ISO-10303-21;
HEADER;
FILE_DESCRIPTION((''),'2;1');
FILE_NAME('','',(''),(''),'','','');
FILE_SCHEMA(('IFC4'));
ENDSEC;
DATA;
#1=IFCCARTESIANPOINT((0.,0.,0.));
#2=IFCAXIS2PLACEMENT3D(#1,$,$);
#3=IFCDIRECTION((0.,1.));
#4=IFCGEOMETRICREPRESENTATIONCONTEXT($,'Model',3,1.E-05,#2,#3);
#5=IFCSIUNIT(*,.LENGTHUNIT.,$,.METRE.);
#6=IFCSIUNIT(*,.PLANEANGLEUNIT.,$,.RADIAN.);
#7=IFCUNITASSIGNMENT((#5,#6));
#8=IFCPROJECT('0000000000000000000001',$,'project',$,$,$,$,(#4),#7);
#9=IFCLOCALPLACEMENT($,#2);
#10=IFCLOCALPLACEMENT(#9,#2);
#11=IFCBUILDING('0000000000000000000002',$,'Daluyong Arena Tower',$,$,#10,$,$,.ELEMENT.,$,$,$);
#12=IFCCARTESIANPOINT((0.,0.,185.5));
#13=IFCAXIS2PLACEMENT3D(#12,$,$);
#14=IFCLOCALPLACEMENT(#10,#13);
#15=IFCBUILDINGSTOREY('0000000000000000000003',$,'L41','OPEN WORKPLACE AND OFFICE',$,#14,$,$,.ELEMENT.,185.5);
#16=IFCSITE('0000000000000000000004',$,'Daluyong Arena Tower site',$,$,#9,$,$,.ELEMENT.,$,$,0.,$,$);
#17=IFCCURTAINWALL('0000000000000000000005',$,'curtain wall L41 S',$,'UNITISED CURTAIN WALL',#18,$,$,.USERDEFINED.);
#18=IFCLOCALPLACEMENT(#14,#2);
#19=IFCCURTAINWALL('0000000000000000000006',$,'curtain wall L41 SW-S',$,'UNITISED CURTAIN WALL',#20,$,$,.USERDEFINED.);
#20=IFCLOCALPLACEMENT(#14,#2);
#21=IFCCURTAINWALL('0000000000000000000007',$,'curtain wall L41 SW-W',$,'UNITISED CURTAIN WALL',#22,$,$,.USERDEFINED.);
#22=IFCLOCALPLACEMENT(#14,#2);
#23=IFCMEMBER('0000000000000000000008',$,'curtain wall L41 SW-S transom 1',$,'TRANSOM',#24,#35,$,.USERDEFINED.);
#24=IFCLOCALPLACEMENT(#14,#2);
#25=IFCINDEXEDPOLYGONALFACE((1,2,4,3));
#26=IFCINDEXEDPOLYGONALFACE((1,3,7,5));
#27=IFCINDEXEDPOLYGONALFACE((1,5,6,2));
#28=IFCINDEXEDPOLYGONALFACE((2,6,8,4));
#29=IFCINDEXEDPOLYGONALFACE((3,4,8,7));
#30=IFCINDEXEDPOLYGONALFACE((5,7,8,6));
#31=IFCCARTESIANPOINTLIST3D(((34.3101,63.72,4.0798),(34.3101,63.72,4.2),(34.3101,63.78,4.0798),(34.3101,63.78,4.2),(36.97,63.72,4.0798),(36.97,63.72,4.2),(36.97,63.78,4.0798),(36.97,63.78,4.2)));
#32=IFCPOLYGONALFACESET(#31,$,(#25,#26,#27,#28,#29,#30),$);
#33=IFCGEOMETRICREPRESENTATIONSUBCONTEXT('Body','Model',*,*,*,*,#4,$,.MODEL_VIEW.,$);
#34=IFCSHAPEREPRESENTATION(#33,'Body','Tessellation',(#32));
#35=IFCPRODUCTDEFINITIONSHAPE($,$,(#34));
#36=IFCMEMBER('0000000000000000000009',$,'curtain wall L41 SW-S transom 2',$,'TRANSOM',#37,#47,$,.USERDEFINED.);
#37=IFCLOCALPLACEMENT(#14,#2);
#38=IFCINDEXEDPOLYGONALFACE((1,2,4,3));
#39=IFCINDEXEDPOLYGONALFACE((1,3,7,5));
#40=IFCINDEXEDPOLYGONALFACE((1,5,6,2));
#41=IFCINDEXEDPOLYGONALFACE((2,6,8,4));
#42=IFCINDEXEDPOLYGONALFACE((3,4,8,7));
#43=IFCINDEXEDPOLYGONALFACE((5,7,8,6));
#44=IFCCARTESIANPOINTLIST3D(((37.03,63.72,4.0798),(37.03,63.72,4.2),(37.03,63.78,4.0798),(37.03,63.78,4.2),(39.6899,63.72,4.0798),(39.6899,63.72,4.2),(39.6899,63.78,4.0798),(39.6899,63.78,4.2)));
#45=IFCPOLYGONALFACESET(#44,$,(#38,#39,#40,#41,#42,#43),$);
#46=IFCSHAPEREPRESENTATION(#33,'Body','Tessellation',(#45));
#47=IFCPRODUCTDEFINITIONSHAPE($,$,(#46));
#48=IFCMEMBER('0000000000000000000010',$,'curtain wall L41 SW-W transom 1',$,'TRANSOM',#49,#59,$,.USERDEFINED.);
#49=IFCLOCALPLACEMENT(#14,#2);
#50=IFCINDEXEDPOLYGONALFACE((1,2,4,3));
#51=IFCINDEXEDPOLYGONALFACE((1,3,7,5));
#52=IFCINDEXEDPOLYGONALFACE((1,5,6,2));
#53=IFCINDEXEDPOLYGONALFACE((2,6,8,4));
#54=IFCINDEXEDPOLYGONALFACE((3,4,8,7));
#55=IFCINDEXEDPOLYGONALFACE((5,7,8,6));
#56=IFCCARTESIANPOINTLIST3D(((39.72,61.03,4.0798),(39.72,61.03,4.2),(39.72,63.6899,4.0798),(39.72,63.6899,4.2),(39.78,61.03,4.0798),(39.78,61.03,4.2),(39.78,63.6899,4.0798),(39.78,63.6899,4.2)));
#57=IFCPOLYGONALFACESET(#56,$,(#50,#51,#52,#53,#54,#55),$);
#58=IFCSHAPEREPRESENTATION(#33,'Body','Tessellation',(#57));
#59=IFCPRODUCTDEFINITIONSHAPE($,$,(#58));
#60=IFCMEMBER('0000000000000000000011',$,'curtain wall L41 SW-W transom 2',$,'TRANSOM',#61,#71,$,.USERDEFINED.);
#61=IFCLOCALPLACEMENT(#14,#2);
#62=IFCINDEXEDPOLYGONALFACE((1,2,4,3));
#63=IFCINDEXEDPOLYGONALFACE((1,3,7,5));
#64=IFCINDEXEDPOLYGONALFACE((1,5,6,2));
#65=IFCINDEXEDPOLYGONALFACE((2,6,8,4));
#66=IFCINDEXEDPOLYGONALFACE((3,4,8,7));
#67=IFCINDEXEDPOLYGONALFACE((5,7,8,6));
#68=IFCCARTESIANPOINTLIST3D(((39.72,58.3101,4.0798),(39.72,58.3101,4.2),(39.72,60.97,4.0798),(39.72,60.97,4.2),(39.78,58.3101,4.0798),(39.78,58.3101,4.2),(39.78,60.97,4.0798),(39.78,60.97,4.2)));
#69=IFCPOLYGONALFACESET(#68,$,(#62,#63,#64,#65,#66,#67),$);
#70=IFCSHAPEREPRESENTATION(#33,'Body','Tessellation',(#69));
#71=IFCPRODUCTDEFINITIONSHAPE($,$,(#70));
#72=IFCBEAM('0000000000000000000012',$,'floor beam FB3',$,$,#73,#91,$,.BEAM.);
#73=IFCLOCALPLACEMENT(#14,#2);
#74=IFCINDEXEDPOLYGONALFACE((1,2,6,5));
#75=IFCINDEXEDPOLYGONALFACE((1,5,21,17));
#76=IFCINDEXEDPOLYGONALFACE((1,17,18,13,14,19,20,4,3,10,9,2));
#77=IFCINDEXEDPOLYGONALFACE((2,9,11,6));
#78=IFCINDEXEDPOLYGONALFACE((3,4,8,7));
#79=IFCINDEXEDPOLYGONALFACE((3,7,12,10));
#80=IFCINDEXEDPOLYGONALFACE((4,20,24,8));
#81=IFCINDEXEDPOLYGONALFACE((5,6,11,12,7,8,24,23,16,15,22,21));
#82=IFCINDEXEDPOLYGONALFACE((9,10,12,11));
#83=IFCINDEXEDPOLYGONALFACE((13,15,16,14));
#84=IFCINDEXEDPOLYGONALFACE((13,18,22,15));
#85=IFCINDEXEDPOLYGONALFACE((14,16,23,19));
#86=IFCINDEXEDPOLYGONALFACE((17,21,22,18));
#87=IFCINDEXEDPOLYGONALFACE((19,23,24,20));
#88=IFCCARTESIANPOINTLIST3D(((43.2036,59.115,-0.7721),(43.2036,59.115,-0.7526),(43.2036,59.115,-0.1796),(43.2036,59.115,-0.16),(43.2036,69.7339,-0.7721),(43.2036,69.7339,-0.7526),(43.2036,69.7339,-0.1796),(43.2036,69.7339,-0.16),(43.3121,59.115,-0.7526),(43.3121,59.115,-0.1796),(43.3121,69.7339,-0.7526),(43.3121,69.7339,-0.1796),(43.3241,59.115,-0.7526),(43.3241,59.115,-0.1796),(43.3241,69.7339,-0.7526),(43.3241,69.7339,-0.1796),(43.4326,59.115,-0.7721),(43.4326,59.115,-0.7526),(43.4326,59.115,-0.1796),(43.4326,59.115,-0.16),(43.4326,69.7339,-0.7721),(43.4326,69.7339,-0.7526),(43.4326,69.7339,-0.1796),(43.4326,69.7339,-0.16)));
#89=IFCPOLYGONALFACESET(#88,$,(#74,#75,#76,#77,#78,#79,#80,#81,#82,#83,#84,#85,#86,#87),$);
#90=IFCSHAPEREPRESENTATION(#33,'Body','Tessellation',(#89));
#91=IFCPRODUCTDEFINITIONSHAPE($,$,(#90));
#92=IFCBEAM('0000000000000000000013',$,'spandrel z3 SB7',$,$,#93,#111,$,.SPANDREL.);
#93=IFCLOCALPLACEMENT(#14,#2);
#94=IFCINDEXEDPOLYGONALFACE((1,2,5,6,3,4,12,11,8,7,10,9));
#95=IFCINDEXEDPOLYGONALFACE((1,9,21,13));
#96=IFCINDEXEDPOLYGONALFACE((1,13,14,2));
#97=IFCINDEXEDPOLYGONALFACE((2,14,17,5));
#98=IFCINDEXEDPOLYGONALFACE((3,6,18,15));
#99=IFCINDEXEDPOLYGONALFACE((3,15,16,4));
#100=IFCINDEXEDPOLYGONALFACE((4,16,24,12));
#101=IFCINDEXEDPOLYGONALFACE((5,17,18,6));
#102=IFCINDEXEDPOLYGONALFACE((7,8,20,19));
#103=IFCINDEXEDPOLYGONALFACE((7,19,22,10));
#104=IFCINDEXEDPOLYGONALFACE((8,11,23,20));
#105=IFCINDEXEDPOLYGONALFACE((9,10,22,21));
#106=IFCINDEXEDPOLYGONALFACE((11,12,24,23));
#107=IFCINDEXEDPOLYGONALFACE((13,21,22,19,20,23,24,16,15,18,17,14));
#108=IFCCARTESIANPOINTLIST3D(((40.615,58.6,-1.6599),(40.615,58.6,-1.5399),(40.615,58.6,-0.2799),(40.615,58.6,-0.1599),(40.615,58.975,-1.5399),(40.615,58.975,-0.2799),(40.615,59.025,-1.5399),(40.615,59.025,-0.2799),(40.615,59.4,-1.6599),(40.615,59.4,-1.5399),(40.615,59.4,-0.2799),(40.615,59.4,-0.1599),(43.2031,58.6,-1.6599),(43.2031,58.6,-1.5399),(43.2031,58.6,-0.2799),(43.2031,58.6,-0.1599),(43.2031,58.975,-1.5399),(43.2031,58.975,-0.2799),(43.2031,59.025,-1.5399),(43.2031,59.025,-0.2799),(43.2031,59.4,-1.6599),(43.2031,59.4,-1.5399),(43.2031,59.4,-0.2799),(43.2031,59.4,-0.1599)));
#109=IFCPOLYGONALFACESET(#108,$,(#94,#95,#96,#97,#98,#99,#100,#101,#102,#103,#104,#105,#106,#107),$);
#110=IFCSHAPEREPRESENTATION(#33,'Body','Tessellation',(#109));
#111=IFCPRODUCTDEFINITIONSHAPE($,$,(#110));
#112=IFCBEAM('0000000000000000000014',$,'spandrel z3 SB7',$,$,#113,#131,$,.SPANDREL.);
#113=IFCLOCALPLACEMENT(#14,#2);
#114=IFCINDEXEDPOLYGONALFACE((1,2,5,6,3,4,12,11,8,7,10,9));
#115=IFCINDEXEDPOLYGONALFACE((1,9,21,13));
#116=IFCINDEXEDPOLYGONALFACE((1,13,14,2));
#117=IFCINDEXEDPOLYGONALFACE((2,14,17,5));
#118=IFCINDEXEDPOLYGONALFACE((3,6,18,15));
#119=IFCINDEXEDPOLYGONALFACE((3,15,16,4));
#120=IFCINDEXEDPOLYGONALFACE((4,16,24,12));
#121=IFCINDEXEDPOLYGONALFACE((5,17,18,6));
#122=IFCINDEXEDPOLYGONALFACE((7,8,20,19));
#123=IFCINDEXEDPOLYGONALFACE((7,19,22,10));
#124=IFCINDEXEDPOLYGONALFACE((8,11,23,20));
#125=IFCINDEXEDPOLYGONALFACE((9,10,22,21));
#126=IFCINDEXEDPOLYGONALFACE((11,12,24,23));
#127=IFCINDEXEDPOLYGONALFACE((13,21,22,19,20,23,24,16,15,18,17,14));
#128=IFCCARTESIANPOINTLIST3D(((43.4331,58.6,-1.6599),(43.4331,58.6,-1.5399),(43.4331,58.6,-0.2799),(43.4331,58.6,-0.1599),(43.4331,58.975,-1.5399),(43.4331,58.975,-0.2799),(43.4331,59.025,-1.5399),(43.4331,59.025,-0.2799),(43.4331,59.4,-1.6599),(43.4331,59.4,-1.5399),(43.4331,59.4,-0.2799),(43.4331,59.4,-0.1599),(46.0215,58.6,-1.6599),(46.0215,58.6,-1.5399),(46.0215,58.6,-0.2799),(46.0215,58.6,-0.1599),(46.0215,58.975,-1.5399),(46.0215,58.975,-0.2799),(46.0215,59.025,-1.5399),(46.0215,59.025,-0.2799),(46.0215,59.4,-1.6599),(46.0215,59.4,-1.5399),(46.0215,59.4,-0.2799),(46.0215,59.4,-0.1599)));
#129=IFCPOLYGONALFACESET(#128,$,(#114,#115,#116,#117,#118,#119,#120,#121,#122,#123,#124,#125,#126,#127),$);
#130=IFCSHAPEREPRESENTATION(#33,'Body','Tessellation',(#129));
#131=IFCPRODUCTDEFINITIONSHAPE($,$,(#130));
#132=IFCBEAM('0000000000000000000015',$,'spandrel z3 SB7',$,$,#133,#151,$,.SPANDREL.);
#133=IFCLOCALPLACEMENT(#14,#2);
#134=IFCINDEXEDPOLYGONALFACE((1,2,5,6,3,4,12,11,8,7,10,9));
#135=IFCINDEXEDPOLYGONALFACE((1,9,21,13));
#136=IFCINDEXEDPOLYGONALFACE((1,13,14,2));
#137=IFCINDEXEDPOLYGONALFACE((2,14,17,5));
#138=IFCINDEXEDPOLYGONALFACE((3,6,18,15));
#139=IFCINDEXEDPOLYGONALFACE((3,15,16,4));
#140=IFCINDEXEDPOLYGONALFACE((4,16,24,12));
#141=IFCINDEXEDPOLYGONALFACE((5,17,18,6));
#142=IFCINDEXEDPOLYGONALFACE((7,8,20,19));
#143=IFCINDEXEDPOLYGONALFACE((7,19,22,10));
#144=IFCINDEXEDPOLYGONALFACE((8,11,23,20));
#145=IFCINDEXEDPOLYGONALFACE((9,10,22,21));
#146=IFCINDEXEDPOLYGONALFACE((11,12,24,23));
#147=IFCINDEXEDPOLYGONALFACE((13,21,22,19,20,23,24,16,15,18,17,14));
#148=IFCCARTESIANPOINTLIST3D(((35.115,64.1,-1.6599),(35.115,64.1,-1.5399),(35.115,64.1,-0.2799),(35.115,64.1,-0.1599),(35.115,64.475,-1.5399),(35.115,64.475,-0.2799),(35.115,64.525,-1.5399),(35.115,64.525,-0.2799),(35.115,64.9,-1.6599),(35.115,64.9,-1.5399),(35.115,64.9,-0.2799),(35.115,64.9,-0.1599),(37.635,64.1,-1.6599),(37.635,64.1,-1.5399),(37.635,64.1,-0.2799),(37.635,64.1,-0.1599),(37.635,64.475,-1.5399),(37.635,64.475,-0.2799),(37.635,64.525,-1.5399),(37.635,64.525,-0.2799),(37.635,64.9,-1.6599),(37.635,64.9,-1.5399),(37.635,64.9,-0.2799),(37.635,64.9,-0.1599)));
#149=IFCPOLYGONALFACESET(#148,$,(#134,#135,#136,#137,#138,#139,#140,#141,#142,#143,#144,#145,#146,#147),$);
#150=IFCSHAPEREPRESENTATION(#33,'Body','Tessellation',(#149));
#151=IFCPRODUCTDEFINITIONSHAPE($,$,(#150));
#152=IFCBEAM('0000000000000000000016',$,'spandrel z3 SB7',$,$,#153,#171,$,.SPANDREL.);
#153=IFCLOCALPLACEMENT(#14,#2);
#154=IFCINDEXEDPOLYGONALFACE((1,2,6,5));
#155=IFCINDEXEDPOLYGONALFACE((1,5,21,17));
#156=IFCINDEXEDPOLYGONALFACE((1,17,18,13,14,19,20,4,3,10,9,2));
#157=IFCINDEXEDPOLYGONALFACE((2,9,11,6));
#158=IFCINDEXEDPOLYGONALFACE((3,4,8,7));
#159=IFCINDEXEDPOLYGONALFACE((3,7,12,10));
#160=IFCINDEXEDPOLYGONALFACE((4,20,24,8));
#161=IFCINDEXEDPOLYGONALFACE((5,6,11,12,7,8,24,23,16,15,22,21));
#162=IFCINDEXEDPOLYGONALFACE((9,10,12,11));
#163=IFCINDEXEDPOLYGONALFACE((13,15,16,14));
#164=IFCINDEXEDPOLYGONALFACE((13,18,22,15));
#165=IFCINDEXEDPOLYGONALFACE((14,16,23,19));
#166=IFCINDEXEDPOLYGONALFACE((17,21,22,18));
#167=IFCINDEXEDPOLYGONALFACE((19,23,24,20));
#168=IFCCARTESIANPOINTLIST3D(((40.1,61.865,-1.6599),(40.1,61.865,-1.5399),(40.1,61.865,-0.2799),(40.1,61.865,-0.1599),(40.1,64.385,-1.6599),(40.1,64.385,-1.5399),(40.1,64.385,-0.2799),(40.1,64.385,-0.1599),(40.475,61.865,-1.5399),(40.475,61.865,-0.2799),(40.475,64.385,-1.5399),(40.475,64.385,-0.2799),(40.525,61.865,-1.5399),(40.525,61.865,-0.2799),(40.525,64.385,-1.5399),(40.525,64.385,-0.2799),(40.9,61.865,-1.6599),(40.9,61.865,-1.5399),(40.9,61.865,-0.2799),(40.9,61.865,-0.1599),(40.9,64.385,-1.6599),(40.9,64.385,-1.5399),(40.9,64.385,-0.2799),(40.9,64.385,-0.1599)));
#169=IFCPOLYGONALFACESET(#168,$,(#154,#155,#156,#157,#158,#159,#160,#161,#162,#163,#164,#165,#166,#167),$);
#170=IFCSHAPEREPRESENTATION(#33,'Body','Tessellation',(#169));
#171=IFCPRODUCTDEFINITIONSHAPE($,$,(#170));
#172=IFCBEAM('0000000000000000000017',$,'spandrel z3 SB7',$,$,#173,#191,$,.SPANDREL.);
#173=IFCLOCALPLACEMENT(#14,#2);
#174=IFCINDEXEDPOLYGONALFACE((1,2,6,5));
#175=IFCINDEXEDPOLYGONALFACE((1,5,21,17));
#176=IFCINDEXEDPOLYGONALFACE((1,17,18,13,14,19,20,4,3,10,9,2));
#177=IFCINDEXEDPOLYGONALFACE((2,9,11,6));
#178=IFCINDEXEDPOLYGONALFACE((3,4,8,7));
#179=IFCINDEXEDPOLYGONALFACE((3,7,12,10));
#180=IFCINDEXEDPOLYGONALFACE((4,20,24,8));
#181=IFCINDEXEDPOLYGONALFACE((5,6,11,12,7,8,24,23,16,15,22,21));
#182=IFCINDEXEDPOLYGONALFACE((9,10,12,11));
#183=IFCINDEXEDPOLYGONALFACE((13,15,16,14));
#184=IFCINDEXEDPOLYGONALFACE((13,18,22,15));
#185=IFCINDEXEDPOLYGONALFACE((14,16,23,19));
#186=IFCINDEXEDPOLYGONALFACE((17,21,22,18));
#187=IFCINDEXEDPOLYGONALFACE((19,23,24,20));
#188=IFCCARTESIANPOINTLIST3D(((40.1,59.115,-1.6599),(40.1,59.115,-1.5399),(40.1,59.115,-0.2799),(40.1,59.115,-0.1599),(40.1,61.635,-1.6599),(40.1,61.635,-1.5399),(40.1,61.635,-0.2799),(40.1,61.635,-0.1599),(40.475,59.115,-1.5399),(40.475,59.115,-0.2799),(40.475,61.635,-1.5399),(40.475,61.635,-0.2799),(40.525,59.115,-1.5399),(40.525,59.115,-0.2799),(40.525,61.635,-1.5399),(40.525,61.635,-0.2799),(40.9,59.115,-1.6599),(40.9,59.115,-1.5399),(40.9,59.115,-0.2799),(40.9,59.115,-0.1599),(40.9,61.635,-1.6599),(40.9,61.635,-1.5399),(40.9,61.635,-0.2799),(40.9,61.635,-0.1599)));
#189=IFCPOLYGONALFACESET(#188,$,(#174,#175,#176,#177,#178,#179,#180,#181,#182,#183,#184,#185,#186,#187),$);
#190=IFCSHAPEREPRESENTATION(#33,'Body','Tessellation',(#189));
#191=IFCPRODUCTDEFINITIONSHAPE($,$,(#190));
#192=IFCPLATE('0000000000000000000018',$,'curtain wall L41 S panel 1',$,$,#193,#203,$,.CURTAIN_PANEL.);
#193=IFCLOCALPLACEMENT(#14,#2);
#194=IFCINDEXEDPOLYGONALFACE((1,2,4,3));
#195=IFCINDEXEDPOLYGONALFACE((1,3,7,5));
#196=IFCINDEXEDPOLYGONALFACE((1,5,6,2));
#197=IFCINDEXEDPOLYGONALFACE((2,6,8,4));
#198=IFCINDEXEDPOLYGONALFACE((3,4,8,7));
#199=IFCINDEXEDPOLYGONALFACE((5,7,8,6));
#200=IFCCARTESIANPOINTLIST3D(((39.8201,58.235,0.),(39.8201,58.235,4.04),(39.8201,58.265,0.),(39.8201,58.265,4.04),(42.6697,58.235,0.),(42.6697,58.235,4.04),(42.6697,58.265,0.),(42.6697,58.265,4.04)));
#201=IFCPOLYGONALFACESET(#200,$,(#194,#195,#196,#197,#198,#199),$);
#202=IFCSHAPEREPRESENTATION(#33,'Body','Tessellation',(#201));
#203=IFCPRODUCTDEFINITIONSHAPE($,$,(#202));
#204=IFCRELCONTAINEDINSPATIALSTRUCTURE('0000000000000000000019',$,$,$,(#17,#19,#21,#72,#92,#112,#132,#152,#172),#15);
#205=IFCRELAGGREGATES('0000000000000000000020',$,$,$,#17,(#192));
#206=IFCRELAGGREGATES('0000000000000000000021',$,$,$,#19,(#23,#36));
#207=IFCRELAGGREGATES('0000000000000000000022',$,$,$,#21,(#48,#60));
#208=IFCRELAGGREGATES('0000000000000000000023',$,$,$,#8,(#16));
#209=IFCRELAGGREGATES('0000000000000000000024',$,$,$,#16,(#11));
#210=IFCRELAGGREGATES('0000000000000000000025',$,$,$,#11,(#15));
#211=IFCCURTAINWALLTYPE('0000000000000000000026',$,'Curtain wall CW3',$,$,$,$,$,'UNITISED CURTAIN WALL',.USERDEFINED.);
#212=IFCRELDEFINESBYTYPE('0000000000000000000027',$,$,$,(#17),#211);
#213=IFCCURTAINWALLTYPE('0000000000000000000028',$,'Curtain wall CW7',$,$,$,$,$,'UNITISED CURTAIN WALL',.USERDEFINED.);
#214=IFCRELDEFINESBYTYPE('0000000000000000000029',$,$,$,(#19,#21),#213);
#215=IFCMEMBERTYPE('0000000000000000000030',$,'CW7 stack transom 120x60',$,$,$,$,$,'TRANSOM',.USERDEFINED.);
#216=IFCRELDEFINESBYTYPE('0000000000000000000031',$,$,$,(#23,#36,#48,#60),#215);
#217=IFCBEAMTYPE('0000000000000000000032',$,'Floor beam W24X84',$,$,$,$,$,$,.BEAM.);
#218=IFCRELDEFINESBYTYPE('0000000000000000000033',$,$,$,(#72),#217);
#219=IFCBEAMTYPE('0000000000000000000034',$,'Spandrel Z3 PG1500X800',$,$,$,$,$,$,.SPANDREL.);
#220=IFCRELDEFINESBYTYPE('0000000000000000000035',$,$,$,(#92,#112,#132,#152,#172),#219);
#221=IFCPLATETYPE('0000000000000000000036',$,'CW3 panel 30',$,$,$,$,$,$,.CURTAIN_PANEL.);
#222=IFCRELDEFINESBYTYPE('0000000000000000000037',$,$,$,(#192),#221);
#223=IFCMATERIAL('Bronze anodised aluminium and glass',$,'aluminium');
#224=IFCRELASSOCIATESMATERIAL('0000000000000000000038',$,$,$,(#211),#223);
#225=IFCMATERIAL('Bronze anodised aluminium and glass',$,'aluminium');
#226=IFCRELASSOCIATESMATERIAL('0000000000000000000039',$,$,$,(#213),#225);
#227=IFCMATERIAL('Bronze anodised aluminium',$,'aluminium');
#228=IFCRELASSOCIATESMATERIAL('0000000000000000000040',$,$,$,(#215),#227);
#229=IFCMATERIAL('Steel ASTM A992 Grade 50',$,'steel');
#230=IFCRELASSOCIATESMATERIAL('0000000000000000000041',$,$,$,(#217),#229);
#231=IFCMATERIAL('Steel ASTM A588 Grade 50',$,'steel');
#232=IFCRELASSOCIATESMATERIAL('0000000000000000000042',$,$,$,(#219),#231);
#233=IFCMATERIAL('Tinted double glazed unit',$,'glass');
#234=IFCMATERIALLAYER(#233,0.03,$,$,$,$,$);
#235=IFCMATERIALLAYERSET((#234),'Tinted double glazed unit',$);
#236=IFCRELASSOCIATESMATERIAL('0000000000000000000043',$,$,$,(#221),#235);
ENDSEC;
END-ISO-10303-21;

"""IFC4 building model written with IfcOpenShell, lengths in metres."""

from ifc_helpers import new_model, si_unit, direction, frame, origin, origin_2d, place, context, subcontext, project, spatial, rectangle, i_section, extrude, material, layer, layer_set, material_profile, profile_set, type_object, element, aggregate, save


model = new_model("IFC4")

# Units and contexts
model_context = context("Model", 3, precision=1e-05, world=origin(), true_north=direction((0.0, 1.0)))
body_context = subcontext(model_context, "Body", "Model", "MODEL_VIEW")
ifc_project = project(units=[si_unit("LENGTHUNIT", "METRE"), si_unit("PLANEANGLEUNIT", "RADIAN")], contexts=[model_context])

# Site, building, storey
site_placement = place(None, origin())
site = spatial("IfcSite", under=ifc_project, at=site_placement, Name="Daluyong Arena Tower site", CompositionType="ELEMENT", RefElevation=0.0)
building_placement = place(site_placement, origin())
building = spatial("IfcBuilding", under=site, at=building_placement, Name="Daluyong Arena Tower", CompositionType="ELEMENT")
storey_placement = place(building_placement, frame((0.0, 0.0, 185.5)))
storey = spatial("IfcBuildingStorey", under=building, at=storey_placement, Name="L41", Description="OPEN WORKPLACE AND OFFICE", CompositionType="ELEMENT", Elevation=185.5)

# Shared definitions
ifc_material_1 = material(Name="Bronze anodised aluminium and glass", Category="aluminium")
curtain_wall_type_1 = type_object("IfcCurtainWallType", Name="Curtain wall CW3", ElementType="UNITISED CURTAIN WALL", PredefinedType="USERDEFINED", material=ifc_material_1)

# Curtain walls
curtain_wall_1_placement = place(storey_placement, origin())
curtain_wall_1 = element("IfcCurtainWall", 1, at=curtain_wall_1_placement, inside=storey, type_object=curtain_wall_type_1, Name="curtain wall L41 S", ObjectType="UNITISED CURTAIN WALL", PredefinedType="USERDEFINED")
ifc_material_2 = material(Name="Bronze anodised aluminium and glass", Category="aluminium")
curtain_wall_type_2 = type_object("IfcCurtainWallType", Name="Curtain wall CW7", ElementType="UNITISED CURTAIN WALL", PredefinedType="USERDEFINED", material=ifc_material_2)
curtain_wall_2_placement = place(storey_placement, origin())
curtain_wall_2 = element("IfcCurtainWall", 2, at=curtain_wall_2_placement, inside=storey, type_object=curtain_wall_type_2, Name="curtain wall L41 SW-S", ObjectType="UNITISED CURTAIN WALL", PredefinedType="USERDEFINED")
curtain_wall_3_placement = place(storey_placement, origin())
curtain_wall_3 = element("IfcCurtainWall", 3, at=curtain_wall_3_placement, inside=storey, type_object=curtain_wall_type_2, Name="curtain wall L41 SW-W", ObjectType="UNITISED CURTAIN WALL", PredefinedType="USERDEFINED")

# Members
ifc_material_3 = material(Name="Bronze anodised aluminium", Category="aluminium")
ifc_material_profile_1 = material_profile(ifc_material_3, rectangle(XDim=0.0601, YDim=0.1201, at=origin_2d()))
ifc_profile_set_1 = profile_set([ifc_material_profile_1], Name="Bronze anodised aluminium")
member_type_1 = type_object("IfcMemberType", Name="CW7 stack transom 120x60", ElementType="TRANSOM", PredefinedType="USERDEFINED", material=ifc_profile_set_1)
member_1_placement = place(storey_placement, frame((34.3101, 63.75, 4.1399), z_axis=(1.0, 0.0, 0.0), x_axis=(0.0, 1.0, 0.0)))
member_1 = element("IfcMember", 4, at=member_1_placement, type_object=member_type_1, Name="curtain wall L41 SW-S transom 1", ObjectType="TRANSOM", PredefinedType="USERDEFINED", context=body_context, shape_type="SweptSolid", body=[
    extrude(rectangle(XDim=0.0601, YDim=0.1201, at=origin_2d()), origin(), (0.0, 0.0, 1.0), 2.6599),
])
member_2_placement = place(storey_placement, frame((37.03, 63.75, 4.1399), z_axis=(1.0, 0.0, 0.0), x_axis=(0.0, 1.0, 0.0)))
member_2 = element("IfcMember", 5, at=member_2_placement, type_object=member_type_1, Name="curtain wall L41 SW-S transom 2", ObjectType="TRANSOM", PredefinedType="USERDEFINED", context=body_context, shape_type="SweptSolid", body=[
    extrude(rectangle(XDim=0.0601, YDim=0.1201, at=origin_2d()), origin(), (0.0, 0.0, 1.0), 2.6599),
])
member_3_placement = place(storey_placement, frame((39.75, 63.6899, 4.1399), z_axis=(0.0, -1.0, 0.0), x_axis=(1.0, 0.0, 0.0)))
member_3 = element("IfcMember", 6, at=member_3_placement, type_object=member_type_1, Name="curtain wall L41 SW-W transom 1", ObjectType="TRANSOM", PredefinedType="USERDEFINED", context=body_context, shape_type="SweptSolid", body=[
    extrude(rectangle(XDim=0.0601, YDim=0.1201, at=origin_2d()), origin(), (0.0, 0.0, 1.0), 2.6599),
])
member_4_placement = place(storey_placement, frame((39.75, 60.97, 4.1399), z_axis=(0.0, -1.0, 0.0), x_axis=(1.0, 0.0, 0.0)))
member_4 = element("IfcMember", 7, at=member_4_placement, type_object=member_type_1, Name="curtain wall L41 SW-W transom 2", ObjectType="TRANSOM", PredefinedType="USERDEFINED", context=body_context, shape_type="SweptSolid", body=[
    extrude(rectangle(XDim=0.0601, YDim=0.1201, at=origin_2d()), origin(), (0.0, 0.0, 1.0), 2.6599),
])

# Beams
ifc_material_4 = material(Name="Steel ASTM A992 Grade 50", Category="steel")
ifc_material_profile_2 = material_profile(ifc_material_4, i_section(OverallWidth=0.229, OverallDepth=0.6121, WebThickness=0.012, FlangeThickness=0.0195, at=origin_2d()))
ifc_profile_set_2 = profile_set([ifc_material_profile_2], Name="Steel ASTM A992 Grade 50")
beam_type_1 = type_object("IfcBeamType", Name="Floor beam W24X84", PredefinedType="BEAM", material=ifc_profile_set_2)
beam_1_placement = place(storey_placement, frame((43.3181, 59.115, -0.4661), z_axis=(0.0, 1.0, 0.0), x_axis=(-1.0, 0.0, 0.0)))
element("IfcBeam", 8, at=beam_1_placement, inside=storey, type_object=beam_type_1, Name="floor beam FB3", PredefinedType="BEAM", context=body_context, shape_type="SweptSolid", body=[
    extrude(i_section(OverallWidth=0.229, OverallDepth=0.6121, WebThickness=0.012, FlangeThickness=0.0195, at=origin_2d()), origin(), (0.0, 0.0, 1.0), 10.6189),
])
ifc_material_5 = material(Name="Steel ASTM A588 Grade 50", Category="steel")
ifc_material_profile_3 = material_profile(ifc_material_5, i_section(OverallWidth=0.8, OverallDepth=1.5, WebThickness=0.05, FlangeThickness=0.12, at=origin_2d()))
ifc_profile_set_3 = profile_set([ifc_material_profile_3], Name="Steel ASTM A588 Grade 50")
beam_type_2 = type_object("IfcBeamType", Name="Spandrel Z3 PG1500X800", PredefinedType="SPANDREL", material=ifc_profile_set_3)
beam_2_placement = place(storey_placement, frame((40.615, 59.0, -0.9099), z_axis=(1.0, 0.0, 0.0), x_axis=(0.0, 1.0, 0.0)))
element("IfcBeam", 9, at=beam_2_placement, inside=storey, type_object=beam_type_2, Name="spandrel z3 SB7", PredefinedType="SPANDREL", context=body_context, shape_type="SweptSolid", body=[
    extrude(i_section(OverallWidth=0.8, OverallDepth=1.5, WebThickness=0.05, FlangeThickness=0.12, at=origin_2d()), origin(), (0.0, 0.0, 1.0), 2.5881),
])
beam_3_placement = place(storey_placement, frame((43.4331, 59.0, -0.9099), z_axis=(1.0, 0.0, 0.0), x_axis=(0.0, 1.0, 0.0)))
element("IfcBeam", 10, at=beam_3_placement, inside=storey, type_object=beam_type_2, Name="spandrel z3 SB7", PredefinedType="SPANDREL", context=body_context, shape_type="SweptSolid", body=[
    extrude(i_section(OverallWidth=0.8, OverallDepth=1.5, WebThickness=0.05, FlangeThickness=0.12, at=origin_2d()), origin(), (0.0, 0.0, 1.0), 2.5884),
])
for number, where, z_axis, x_axis, name in (
    (11, (35.115, 64.5, -0.9099), (1.0, 0.0, 0.0), (0.0, 1.0, 0.0), "spandrel z3 SB7"),
    (12, (40.5, 64.385, -0.9099), (0.0, -1.0, 0.0), (1.0, 0.0, 0.0), "spandrel z3 SB7"),
    (13, (40.5, 61.635, -0.9099), (0.0, -1.0, 0.0), (1.0, 0.0, 0.0), "spandrel z3 SB7"),
):
    element("IfcBeam", number, at=place(storey_placement, frame(where, z_axis=z_axis, x_axis=x_axis)), inside=storey, type_object=beam_type_2, Name=name, PredefinedType="SPANDREL", context=body_context, shape_type="SweptSolid", body=[
        extrude(i_section(OverallWidth=0.8, OverallDepth=1.5, WebThickness=0.05, FlangeThickness=0.12, at=origin_2d()), origin(), (0.0, 0.0, 1.0), 2.52),
    ])

# Plate
ifc_material_6 = material(Name="Tinted double glazed unit", Category="glass")
ifc_layer_1 = layer(ifc_material_6, 0.03)
ifc_layer_set_1 = layer_set([ifc_layer_1], Name="Tinted double glazed unit")
plate_type_1 = type_object("IfcPlateType", Name="CW3 panel 30", PredefinedType="CURTAIN_PANEL", material=ifc_layer_set_1)
plate_1_placement = place(storey_placement, frame((41.2449, 58.25, 0.0), z_axis=(0.0, 0.0, 1.0), x_axis=(1.0, 0.0, 0.0)))
plate_1 = element("IfcPlate", 14, at=plate_1_placement, type_object=plate_type_1, Name="curtain wall L41 S panel 1", PredefinedType="CURTAIN_PANEL", context=body_context, shape_type="SweptSolid", body=[
    extrude(rectangle(XDim=2.8496, YDim=0.03, at=origin_2d()), origin(), (0.0, 0.0, 1.0), 4.04),
])
aggregate(curtain_wall_1, [plate_1])
aggregate(curtain_wall_2, [member_1, member_2])
aggregate(curtain_wall_3, [member_3, member_4])

save(model, "model.ifc")
